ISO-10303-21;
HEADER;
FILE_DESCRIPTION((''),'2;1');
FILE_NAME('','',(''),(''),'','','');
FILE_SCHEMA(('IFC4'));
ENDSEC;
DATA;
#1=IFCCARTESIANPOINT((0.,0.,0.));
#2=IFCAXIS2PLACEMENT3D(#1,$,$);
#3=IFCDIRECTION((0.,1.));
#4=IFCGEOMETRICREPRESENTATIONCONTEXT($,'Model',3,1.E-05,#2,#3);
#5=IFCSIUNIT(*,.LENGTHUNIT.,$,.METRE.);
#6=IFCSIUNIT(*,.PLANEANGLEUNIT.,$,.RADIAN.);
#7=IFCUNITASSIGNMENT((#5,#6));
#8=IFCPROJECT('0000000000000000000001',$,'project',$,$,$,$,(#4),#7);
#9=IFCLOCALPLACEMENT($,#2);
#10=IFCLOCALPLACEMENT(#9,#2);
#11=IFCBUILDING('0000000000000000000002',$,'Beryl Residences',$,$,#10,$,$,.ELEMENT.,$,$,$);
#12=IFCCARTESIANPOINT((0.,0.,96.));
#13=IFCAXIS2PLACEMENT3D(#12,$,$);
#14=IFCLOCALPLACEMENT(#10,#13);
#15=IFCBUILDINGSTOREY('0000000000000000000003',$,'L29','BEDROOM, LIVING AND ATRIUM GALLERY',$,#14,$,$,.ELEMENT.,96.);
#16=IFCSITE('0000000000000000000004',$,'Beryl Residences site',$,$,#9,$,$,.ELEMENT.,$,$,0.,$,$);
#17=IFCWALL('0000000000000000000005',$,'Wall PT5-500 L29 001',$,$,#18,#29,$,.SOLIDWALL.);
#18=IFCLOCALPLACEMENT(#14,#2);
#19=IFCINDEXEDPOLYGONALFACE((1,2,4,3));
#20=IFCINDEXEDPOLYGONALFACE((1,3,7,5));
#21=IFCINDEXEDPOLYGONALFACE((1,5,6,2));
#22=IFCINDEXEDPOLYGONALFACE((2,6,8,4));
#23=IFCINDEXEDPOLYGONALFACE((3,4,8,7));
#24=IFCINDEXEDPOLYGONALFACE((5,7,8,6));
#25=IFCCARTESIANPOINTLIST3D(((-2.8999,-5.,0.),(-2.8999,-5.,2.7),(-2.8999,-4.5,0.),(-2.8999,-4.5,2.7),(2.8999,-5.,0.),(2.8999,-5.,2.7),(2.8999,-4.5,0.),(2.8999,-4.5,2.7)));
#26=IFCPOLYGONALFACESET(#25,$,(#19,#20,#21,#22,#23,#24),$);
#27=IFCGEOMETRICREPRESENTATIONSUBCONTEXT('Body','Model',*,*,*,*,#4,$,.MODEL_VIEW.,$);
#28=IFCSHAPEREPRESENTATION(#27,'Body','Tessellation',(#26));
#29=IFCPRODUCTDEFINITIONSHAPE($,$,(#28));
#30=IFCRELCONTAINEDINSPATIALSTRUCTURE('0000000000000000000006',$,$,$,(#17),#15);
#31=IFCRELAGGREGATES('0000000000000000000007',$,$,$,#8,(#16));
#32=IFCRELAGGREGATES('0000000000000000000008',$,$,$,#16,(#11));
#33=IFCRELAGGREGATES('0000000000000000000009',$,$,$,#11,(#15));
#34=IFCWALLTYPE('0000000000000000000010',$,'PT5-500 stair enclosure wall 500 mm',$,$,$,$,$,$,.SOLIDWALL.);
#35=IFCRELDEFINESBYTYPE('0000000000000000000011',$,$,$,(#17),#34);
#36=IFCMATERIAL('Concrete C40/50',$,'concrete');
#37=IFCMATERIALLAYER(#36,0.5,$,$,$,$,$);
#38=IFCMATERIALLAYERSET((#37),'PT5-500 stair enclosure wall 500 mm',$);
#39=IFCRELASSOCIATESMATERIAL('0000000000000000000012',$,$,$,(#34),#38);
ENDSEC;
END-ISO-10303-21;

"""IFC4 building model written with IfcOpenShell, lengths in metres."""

from ifc_helpers import new_model, si_unit, direction, frame, frame_2d, origin, place, context, subcontext, project, spatial, rectangle, extrude, material, layer, layer_set, type_object, element, save


model = new_model("IFC4")

# Units and contexts
model_context = context("Model", 3, precision=1e-05, world=origin(), true_north=direction((0.0, 1.0)))
body_context = subcontext(model_context, "Body", "Model", "MODEL_VIEW")
ifc_project = project(units=[si_unit("LENGTHUNIT", "METRE"), si_unit("PLANEANGLEUNIT", "RADIAN")], contexts=[model_context])

# Site, building, storey
site_placement = place(None, origin())
site = spatial("IfcSite", under=ifc_project, at=site_placement, Name="Beryl Residences site", CompositionType="ELEMENT", RefElevation=0.0)
building_placement = place(site_placement, origin())
building = spatial("IfcBuilding", under=site, at=building_placement, Name="Beryl Residences", CompositionType="ELEMENT")
storey_placement = place(building_placement, frame((0.0, 0.0, 96.0)))
storey = spatial("IfcBuildingStorey", under=building, at=storey_placement, Name="L29", Description="BEDROOM, LIVING AND ATRIUM GALLERY", CompositionType="ELEMENT", Elevation=96.0)

# Wall
ifc_material_1 = material(Name="Concrete C40/50", Category="concrete")
ifc_layer_1 = layer(ifc_material_1, 0.5)
ifc_layer_set_1 = layer_set([ifc_layer_1], Name="PT5-500 stair enclosure wall 500 mm")
wall_type_1 = type_object("IfcWallType", Name="PT5-500 stair enclosure wall 500 mm", PredefinedType="SOLIDWALL", material=ifc_layer_set_1)
wall_1_placement = place(storey_placement, frame((-2.8999, -4.75, 0.0), z_axis=(0.0, 0.0, 1.0), x_axis=(1.0, 0.0, 0.0)))
element("IfcWall", 1, at=wall_1_placement, inside=storey, type_object=wall_type_1, Name="Wall PT5-500 L29 001", PredefinedType="SOLIDWALL", context=body_context, shape_type="SweptSolid", body=[
    extrude(rectangle(XDim=5.7998, YDim=0.5, at=frame_2d((2.8999, 0.0))), origin(), (0.0, 0.0, 1.0), 2.7),
])

save(model, "model.ifc")
